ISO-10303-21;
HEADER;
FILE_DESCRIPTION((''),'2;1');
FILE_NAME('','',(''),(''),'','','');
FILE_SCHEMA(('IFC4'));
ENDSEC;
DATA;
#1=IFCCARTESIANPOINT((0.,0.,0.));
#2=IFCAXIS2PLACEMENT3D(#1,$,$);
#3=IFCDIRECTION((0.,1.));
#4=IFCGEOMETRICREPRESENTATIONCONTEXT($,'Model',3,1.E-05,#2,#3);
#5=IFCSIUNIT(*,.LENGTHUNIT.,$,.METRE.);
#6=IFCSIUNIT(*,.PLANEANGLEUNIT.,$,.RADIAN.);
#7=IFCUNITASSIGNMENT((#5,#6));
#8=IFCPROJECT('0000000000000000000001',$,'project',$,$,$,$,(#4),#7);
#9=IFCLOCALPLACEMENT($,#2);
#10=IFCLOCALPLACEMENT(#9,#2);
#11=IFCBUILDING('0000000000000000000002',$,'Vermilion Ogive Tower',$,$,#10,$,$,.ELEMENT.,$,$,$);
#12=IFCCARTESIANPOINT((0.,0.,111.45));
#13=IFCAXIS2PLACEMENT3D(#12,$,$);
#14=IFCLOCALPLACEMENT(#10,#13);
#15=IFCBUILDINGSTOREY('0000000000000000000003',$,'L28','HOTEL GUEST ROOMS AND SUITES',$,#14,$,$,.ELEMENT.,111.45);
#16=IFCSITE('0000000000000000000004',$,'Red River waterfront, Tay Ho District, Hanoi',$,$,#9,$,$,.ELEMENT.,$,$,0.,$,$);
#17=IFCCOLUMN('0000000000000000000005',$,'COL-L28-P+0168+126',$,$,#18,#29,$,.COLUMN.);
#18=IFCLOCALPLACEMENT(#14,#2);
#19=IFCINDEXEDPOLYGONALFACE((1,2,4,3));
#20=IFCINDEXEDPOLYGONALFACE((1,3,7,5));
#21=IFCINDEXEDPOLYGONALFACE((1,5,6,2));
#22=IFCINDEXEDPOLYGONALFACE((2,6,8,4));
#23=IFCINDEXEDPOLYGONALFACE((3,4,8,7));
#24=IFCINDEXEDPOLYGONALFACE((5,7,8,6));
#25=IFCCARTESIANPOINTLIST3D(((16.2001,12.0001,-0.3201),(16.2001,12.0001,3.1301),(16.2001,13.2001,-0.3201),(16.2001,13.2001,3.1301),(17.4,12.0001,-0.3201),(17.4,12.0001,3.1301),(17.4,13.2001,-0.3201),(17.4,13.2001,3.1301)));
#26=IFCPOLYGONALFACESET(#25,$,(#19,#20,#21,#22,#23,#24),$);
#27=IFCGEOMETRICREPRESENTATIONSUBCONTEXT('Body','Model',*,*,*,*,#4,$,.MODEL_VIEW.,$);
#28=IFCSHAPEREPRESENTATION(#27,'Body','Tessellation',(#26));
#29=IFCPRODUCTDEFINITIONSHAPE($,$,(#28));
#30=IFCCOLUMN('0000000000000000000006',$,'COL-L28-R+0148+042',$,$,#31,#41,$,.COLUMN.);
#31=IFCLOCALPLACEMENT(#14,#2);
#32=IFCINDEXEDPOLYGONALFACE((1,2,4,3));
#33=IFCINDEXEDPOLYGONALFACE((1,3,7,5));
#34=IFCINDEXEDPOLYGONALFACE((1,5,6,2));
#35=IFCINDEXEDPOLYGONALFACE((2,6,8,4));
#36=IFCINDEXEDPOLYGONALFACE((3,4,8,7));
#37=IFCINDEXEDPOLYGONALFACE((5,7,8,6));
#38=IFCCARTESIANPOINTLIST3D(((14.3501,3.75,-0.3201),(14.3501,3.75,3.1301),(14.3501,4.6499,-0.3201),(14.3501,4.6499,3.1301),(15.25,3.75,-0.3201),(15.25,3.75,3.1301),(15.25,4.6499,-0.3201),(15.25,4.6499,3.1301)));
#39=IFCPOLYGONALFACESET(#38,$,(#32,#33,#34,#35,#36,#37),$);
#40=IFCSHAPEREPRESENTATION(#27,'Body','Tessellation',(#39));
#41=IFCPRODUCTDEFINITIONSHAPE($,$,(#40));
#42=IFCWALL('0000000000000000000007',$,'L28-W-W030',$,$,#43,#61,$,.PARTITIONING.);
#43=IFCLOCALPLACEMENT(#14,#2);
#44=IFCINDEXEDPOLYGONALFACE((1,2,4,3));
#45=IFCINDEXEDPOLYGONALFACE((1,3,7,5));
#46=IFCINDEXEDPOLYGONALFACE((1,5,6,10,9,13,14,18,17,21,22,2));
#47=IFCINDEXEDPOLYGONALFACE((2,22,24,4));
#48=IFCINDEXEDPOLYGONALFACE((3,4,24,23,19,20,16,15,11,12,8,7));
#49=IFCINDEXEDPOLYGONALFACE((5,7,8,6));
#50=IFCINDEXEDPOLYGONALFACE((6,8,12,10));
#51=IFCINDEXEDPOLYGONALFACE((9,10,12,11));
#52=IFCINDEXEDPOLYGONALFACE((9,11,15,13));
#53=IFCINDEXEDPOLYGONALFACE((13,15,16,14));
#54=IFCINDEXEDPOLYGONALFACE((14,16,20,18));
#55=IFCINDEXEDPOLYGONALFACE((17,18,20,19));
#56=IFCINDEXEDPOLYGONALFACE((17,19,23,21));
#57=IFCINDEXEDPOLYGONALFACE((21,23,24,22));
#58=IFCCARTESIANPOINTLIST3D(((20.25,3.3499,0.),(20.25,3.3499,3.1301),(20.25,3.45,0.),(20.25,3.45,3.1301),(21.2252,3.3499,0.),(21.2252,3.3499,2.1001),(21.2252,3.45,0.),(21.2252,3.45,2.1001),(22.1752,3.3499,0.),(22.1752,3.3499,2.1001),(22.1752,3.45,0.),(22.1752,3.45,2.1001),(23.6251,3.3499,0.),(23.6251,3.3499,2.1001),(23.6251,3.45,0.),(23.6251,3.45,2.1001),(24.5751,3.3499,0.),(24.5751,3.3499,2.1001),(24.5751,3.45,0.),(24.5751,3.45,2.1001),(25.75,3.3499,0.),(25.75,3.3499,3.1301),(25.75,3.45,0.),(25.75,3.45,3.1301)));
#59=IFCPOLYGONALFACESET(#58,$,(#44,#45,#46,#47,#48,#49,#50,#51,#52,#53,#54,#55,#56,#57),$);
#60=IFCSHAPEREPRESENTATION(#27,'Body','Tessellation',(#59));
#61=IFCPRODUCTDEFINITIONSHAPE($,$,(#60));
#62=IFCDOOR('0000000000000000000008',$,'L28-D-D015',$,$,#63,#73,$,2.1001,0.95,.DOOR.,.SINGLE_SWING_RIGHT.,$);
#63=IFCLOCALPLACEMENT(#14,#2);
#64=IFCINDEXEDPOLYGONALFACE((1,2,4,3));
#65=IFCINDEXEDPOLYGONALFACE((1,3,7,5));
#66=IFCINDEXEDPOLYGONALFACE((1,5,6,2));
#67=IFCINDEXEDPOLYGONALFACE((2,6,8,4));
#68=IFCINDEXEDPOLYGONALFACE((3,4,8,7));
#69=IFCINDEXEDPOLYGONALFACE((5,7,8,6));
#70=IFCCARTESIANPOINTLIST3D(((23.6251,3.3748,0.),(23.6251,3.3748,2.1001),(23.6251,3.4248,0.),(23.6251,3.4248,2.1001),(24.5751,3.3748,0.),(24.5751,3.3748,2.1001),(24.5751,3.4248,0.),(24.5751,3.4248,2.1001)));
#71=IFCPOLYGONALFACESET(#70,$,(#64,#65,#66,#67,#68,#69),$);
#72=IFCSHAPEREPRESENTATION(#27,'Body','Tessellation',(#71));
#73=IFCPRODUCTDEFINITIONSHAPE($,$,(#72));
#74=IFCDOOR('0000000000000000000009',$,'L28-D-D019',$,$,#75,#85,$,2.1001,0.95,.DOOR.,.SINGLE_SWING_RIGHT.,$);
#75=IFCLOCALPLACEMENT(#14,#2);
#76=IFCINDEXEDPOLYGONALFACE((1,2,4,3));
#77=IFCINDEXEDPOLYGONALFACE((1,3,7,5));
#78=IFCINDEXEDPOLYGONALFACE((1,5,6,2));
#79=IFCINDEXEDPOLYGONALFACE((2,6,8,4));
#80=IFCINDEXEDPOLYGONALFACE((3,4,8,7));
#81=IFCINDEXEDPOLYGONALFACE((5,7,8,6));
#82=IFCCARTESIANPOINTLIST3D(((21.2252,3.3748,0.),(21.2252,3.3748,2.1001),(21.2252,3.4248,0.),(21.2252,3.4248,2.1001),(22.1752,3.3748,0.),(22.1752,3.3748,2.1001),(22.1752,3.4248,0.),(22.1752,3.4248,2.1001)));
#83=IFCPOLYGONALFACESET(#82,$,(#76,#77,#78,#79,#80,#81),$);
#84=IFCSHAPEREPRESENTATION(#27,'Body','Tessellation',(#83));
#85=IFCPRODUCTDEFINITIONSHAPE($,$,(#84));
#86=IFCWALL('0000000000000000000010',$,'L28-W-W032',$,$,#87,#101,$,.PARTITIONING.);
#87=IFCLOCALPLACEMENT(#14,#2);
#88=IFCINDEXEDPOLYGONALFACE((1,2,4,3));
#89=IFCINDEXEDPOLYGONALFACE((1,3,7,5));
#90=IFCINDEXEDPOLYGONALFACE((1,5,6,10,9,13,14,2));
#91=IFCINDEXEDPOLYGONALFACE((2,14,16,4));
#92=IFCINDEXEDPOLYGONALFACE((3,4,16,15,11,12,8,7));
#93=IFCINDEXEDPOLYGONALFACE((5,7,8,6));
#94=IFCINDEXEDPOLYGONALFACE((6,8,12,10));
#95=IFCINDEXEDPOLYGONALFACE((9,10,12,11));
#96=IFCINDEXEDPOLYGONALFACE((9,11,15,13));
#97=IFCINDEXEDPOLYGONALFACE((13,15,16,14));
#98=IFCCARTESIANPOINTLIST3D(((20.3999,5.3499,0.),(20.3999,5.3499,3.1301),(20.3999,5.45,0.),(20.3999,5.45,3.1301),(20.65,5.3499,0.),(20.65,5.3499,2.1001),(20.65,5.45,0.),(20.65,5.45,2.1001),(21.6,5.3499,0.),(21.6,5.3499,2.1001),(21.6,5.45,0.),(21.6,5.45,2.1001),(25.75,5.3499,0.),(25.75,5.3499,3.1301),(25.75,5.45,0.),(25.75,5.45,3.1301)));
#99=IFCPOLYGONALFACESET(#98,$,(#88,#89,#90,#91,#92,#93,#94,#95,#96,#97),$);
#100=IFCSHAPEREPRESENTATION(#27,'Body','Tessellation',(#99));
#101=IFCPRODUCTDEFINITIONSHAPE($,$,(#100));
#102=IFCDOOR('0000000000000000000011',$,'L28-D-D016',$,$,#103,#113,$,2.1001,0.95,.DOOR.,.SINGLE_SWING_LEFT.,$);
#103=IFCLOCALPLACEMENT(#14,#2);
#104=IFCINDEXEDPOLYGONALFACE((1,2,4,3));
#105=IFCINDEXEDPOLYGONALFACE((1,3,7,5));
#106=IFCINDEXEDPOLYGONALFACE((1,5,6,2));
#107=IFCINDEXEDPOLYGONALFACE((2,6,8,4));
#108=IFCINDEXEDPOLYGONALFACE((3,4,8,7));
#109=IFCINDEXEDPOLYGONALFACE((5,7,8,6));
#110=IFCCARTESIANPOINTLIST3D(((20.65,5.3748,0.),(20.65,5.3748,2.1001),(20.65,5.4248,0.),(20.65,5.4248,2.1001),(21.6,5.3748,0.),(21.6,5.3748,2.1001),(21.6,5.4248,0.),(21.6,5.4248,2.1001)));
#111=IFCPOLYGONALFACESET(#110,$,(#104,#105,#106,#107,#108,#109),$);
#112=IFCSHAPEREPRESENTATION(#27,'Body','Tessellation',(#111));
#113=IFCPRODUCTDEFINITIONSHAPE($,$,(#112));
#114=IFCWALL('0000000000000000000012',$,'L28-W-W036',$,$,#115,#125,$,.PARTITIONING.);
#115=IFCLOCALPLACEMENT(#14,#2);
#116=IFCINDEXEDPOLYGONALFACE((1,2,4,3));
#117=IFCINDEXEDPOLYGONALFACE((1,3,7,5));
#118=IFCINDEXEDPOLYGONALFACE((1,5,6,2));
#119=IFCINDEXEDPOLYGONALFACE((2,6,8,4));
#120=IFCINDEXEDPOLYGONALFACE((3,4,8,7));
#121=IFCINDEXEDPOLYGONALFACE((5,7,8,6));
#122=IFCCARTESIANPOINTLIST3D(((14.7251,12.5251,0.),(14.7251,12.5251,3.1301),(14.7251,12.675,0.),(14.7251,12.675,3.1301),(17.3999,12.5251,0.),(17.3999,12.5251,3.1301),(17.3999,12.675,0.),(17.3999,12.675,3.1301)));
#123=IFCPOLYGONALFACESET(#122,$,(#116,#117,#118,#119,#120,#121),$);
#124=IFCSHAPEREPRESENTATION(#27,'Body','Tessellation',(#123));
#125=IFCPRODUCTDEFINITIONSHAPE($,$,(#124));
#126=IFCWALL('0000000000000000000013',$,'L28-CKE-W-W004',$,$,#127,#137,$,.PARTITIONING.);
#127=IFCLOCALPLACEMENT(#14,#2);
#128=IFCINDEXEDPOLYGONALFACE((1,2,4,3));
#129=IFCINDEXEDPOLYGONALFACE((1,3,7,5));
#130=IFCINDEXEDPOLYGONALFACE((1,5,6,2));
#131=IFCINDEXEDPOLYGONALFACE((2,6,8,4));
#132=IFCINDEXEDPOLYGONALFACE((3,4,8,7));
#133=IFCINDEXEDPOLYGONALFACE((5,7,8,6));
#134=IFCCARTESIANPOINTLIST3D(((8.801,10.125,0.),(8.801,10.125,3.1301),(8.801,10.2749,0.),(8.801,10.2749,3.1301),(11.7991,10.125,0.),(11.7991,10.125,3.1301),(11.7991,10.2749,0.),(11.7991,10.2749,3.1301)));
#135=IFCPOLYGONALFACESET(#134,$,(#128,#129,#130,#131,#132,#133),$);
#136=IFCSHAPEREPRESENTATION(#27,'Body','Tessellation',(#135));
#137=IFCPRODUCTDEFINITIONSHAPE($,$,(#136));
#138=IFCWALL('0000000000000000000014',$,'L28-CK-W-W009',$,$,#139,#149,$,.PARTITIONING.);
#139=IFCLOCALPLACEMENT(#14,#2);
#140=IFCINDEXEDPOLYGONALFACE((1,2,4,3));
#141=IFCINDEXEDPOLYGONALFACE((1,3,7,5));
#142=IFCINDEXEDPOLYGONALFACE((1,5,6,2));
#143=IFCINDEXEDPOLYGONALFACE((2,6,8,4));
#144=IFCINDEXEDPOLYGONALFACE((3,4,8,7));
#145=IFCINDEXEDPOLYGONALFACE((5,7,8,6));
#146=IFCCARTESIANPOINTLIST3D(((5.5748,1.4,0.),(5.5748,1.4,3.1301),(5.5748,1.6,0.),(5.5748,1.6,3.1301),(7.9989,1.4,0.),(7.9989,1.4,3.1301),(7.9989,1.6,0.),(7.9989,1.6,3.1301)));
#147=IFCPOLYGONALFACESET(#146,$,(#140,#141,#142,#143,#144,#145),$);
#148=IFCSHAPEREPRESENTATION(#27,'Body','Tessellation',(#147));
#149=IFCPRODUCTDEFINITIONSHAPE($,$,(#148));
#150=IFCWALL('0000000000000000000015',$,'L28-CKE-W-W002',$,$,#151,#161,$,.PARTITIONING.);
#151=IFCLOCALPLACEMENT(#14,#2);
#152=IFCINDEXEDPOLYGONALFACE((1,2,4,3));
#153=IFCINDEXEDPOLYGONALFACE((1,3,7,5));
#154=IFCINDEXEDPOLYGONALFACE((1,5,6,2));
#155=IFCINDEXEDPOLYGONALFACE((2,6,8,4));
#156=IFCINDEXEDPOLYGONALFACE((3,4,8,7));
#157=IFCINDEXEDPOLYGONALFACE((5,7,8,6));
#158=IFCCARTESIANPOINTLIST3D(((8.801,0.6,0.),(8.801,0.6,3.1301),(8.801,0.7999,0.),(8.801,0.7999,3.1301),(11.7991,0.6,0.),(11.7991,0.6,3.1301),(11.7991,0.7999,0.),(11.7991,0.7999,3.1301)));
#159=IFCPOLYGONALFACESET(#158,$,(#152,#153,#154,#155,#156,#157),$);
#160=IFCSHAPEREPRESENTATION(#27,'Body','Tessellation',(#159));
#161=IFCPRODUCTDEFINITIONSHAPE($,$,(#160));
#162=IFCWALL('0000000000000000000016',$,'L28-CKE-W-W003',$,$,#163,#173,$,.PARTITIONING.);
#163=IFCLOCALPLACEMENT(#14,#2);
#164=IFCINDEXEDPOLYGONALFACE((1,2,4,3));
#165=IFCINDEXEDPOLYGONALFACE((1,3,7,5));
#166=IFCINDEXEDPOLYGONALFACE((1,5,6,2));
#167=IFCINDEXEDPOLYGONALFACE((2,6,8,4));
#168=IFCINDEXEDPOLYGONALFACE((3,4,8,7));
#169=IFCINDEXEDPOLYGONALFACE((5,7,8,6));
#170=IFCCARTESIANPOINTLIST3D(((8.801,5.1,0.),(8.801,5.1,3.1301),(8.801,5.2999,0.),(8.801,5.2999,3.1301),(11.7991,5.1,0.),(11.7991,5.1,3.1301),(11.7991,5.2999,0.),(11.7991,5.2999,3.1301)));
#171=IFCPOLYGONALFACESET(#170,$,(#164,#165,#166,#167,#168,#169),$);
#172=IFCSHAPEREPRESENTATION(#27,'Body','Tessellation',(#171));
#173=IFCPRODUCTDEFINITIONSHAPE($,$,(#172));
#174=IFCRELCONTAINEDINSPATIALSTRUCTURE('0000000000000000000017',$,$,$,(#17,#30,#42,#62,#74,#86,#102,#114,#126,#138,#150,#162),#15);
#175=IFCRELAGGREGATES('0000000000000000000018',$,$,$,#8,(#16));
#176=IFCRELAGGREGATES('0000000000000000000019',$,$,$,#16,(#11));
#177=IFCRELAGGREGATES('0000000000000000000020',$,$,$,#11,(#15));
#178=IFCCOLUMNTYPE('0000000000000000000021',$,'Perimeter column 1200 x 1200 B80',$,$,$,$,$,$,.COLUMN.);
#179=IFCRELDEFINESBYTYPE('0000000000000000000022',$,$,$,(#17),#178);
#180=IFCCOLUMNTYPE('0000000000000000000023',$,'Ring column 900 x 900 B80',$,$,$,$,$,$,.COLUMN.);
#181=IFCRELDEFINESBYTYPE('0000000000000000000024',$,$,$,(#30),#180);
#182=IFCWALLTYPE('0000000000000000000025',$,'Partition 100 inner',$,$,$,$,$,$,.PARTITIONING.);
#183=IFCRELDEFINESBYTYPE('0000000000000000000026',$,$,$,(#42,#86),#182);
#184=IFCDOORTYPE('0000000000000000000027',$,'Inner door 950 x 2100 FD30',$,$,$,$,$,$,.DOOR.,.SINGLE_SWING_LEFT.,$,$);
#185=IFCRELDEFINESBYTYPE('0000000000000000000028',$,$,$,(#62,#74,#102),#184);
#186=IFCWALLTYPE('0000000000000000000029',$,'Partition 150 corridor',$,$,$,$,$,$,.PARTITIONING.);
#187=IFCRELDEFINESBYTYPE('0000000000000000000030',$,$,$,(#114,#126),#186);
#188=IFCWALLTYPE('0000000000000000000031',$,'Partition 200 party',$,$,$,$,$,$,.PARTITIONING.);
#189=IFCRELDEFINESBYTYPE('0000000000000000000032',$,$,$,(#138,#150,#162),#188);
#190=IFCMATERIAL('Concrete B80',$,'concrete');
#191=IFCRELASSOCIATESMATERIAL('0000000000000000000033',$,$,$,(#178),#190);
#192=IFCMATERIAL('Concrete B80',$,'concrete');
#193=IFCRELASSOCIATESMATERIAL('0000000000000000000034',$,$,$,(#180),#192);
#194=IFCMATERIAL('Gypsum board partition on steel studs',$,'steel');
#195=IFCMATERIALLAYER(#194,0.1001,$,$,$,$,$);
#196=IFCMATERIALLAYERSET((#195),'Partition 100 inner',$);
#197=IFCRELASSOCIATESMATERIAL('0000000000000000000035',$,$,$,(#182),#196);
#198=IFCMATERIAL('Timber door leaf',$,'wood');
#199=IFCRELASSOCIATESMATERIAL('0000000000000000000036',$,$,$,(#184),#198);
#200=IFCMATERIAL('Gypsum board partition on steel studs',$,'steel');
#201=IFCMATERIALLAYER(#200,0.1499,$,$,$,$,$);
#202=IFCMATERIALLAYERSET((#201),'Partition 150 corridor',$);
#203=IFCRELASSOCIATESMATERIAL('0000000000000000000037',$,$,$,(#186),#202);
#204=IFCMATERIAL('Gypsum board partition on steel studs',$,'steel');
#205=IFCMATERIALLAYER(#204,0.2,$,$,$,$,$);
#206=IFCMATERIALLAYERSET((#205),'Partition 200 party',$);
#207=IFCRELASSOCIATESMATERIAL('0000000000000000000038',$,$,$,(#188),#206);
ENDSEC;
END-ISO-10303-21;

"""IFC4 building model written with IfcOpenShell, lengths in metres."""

from ifc_helpers import new_model, si_unit, direction, frame, frame_2d, origin, origin_2d, place, context, subcontext, project, spatial, rectangle, extrude, material, layer, layer_set, material_profile, profile_set, type_object, element, fill, save


model = new_model("IFC4")

# Units and contexts
model_context = context("Model", 3, precision=1e-05, world=origin(), true_north=direction((0.0, 1.0)))
body_context = subcontext(model_context, "Body", "Model", "MODEL_VIEW")
ifc_project = project(units=[si_unit("LENGTHUNIT", "METRE"), si_unit("PLANEANGLEUNIT", "RADIAN")], contexts=[model_context])

# Site, building, storey
site_placement = place(None, origin())
site = spatial("IfcSite", under=ifc_project, at=site_placement, Name="Red River waterfront, Tay Ho District, Hanoi", CompositionType="ELEMENT", RefElevation=0.0)
building_placement = place(site_placement, origin())
building = spatial("IfcBuilding", under=site, at=building_placement, Name="Vermilion Ogive Tower", CompositionType="ELEMENT")
storey_placement = place(building_placement, frame((0.0, 0.0, 111.45)))
storey = spatial("IfcBuildingStorey", under=building, at=storey_placement, Name="L28", Description="HOTEL GUEST ROOMS AND SUITES", CompositionType="ELEMENT", Elevation=111.45)

# Columns
ifc_material_1 = material(Name="Concrete B80", Category="concrete")
ifc_material_profile_1 = material_profile(ifc_material_1, rectangle(XDim=1.2, YDim=1.2, at=origin_2d()), Name="1200 x 1200")
ifc_profile_set_1 = profile_set([ifc_material_profile_1], Name="Concrete B80")
column_type_1 = type_object("IfcColumnType", Name="Perimeter column 1200 x 1200 B80", PredefinedType="COLUMN", material=ifc_profile_set_1)
column_1_placement = place(storey_placement, frame((16.8, 12.6001, -0.3201), z_axis=(0.0, 0.0, 1.0), x_axis=(1.0, 0.0, 0.0)))
element("IfcColumn", 1, at=column_1_placement, inside=storey, type_object=column_type_1, Name="COL-L28-P+0168+126", PredefinedType="COLUMN", context=body_context, shape_type="SweptSolid", body=[
    extrude(rectangle(XDim=1.2, YDim=1.2, at=origin_2d()), origin(), (0.0, 0.0, 1.0), 3.4502),
])
ifc_material_2 = material(Name="Concrete B80", Category="concrete")
ifc_material_profile_2 = material_profile(ifc_material_2, rectangle(XDim=0.8999, YDim=0.8999, at=origin_2d()), Name="900 x 900")
ifc_profile_set_2 = profile_set([ifc_material_profile_2], Name="Concrete B80")
column_type_2 = type_object("IfcColumnType", Name="Ring column 900 x 900 B80", PredefinedType="COLUMN", material=ifc_profile_set_2)
column_2_placement = place(storey_placement, frame((14.8, 4.2, -0.3201), z_axis=(0.0, 0.0, 1.0), x_axis=(1.0, 0.0, 0.0)))
element("IfcColumn", 2, at=column_2_placement, inside=storey, type_object=column_type_2, Name="COL-L28-R+0148+042", PredefinedType="COLUMN", context=body_context, shape_type="SweptSolid", body=[
    extrude(rectangle(XDim=0.8999, YDim=0.8999, at=origin_2d()), origin(), (0.0, 0.0, 1.0), 3.4502),
])

# Wall, openings, doors
ifc_material_3 = material(Name="Gypsum board partition on steel studs", Category="steel")
ifc_layer_1 = layer(ifc_material_3, 0.1001)
ifc_layer_set_1 = layer_set([ifc_layer_1], Name="Partition 100 inner")
wall_type_1 = type_object("IfcWallType", Name="Partition 100 inner", PredefinedType="PARTITIONING", material=ifc_layer_set_1)
wall_1_placement = place(storey_placement, frame((20.25, 3.3999, 0.0), z_axis=(0.0, 0.0, 1.0), x_axis=(1.0, 0.0, 0.0)))
wall_1 = element("IfcWall", 3, at=wall_1_placement, inside=storey, type_object=wall_type_1, Name="L28-W-W030", PredefinedType="PARTITIONING", context=body_context, shape_type="SweptSolid", body=[
    extrude(rectangle(XDim=5.5, YDim=0.1001, at=frame_2d((2.75, 0.0))), origin(), (0.0, 0.0, 1.0), 3.1301),
])
opening_1_placement = place(wall_1_placement, frame((3.375, 0.0, 0.0)))
opening_1 = element("IfcOpeningElement", 4, at=opening_1_placement, cuts=wall_1, PredefinedType="OPENING", context=body_context, shape_type="SweptSolid", body=[
    extrude(rectangle(XDim=0.95, YDim=2.1001, at=frame_2d((0.4751, 1.05))), frame((0.0, 0.0601, 0.0), z_axis=(0.0, -1.0, 0.0), x_axis=(1.0, 0.0, 0.0)), (0.0, 0.0, 1.0), 0.1201),
])
opening_2_placement = place(wall_1_placement, frame((0.9751, 0.0, 0.0)))
opening_2 = element("IfcOpeningElement", 5, at=opening_2_placement, cuts=wall_1, PredefinedType="OPENING", context=body_context, shape_type="SweptSolid", body=[
    extrude(rectangle(XDim=0.95, YDim=2.1001, at=frame_2d((0.4751, 1.05))), frame((0.0, 0.0601, 0.0), z_axis=(0.0, -1.0, 0.0), x_axis=(1.0, 0.0, 0.0)), (0.0, 0.0, 1.0), 0.1201),
])
ifc_material_4 = material(Name="Timber door leaf", Category="wood")
door_type = type_object("IfcDoorType", Name="Inner door 950 x 2100 FD30", OperationType="SINGLE_SWING_LEFT", PredefinedType="DOOR", material=ifc_material_4)
door_1_placement = place(opening_1_placement, origin())
door_1 = element("IfcDoor", 6, at=door_1_placement, inside=storey, type_object=door_type, Name="L28-D-D015", OperationType="SINGLE_SWING_RIGHT", OverallHeight=2.1001, OverallWidth=0.95, PredefinedType="DOOR", context=body_context, shape_type="SweptSolid", body=[
    extrude(rectangle(XDim=0.95, YDim=2.1001, at=frame_2d((0.4751, 1.05))), frame((0.0, 0.0249, 0.0), z_axis=(0.0, -1.0, 0.0), x_axis=(1.0, 0.0, 0.0)), (0.0, 0.0, 1.0), 0.05),
])
fill(opening_1, door_1)
door_2_placement = place(opening_2_placement, origin())
door_2 = element("IfcDoor", 7, at=door_2_placement, inside=storey, type_object=door_type, Name="L28-D-D019", OperationType="SINGLE_SWING_RIGHT", OverallHeight=2.1001, OverallWidth=0.95, PredefinedType="DOOR", context=body_context, shape_type="SweptSolid", body=[
    extrude(rectangle(XDim=0.95, YDim=2.1001, at=frame_2d((0.4751, 1.05))), frame((0.0, 0.0249, 0.0), z_axis=(0.0, -1.0, 0.0), x_axis=(1.0, 0.0, 0.0)), (0.0, 0.0, 1.0), 0.05),
])
fill(opening_2, door_2)

# Wall, opening, door
wall_2_placement = place(storey_placement, frame((20.3999, 5.3999, 0.0), z_axis=(0.0, 0.0, 1.0), x_axis=(1.0, 0.0, 0.0)))
wall_2 = element("IfcWall", 8, at=wall_2_placement, inside=storey, type_object=wall_type_1, Name="L28-W-W032", PredefinedType="PARTITIONING", context=body_context, shape_type="SweptSolid", body=[
    extrude(rectangle(XDim=5.3501, YDim=0.1001, at=frame_2d((2.675, 0.0))), origin(), (0.0, 0.0, 1.0), 3.1301),
])
opening_3_placement = place(wall_2_placement, frame((0.25, 0.0, 0.0)))
opening_3 = element("IfcOpeningElement", 9, at=opening_3_placement, cuts=wall_2, PredefinedType="OPENING", context=body_context, shape_type="SweptSolid", body=[
    extrude(rectangle(XDim=0.95, YDim=2.1001, at=frame_2d((0.4751, 1.05))), frame((0.0, 0.0601, 0.0), z_axis=(0.0, -1.0, 0.0), x_axis=(1.0, 0.0, 0.0)), (0.0, 0.0, 1.0), 0.1201),
])
door_3_placement = place(opening_3_placement, origin())
door_3 = element("IfcDoor", 10, at=door_3_placement, inside=storey, type_object=door_type, Name="L28-D-D016", OperationType="SINGLE_SWING_LEFT", OverallHeight=2.1001, OverallWidth=0.95, PredefinedType="DOOR", context=body_context, shape_type="SweptSolid", body=[
    extrude(rectangle(XDim=0.95, YDim=2.1001, at=frame_2d((0.4751, 1.05))), frame((0.0, 0.0249, 0.0), z_axis=(0.0, -1.0, 0.0), x_axis=(1.0, 0.0, 0.0)), (0.0, 0.0, 1.0), 0.05),
])
fill(opening_3, door_3)

# Walls
ifc_material_5 = material(Name="Gypsum board partition on steel studs", Category="steel")
ifc_layer_2 = layer(ifc_material_5, 0.1499)
ifc_layer_set_2 = layer_set([ifc_layer_2], Name="Partition 150 corridor")
wall_type_2 = type_object("IfcWallType", Name="Partition 150 corridor", PredefinedType="PARTITIONING", material=ifc_layer_set_2)
wall_3_placement = place(storey_placement, frame((14.7251, 12.6001, 0.0), z_axis=(0.0, 0.0, 1.0), x_axis=(1.0, 0.0, 0.0)))
element("IfcWall", 11, at=wall_3_placement, inside=storey, type_object=wall_type_2, Name="L28-W-W036", PredefinedType="PARTITIONING", context=body_context, shape_type="SweptSolid", body=[
    extrude(rectangle(XDim=2.6748, YDim=0.1499, at=frame_2d((1.3374, 0.0))), origin(), (0.0, 0.0, 1.0), 3.1301),
])
wall_4_placement = place(storey_placement, frame((8.801, 10.2, 0.0), z_axis=(0.0, 0.0, 1.0), x_axis=(1.0, 0.0, 0.0)))
element("IfcWall", 12, at=wall_4_placement, inside=storey, type_object=wall_type_2, Name="L28-CKE-W-W004", PredefinedType="PARTITIONING", context=body_context, shape_type="SweptSolid", body=[
    extrude(rectangle(XDim=2.998, YDim=0.1499, at=frame_2d((1.499, 0.0))), origin(), (0.0, 0.0, 1.0), 3.1301),
])
ifc_material_6 = material(Name="Gypsum board partition on steel studs", Category="steel")
ifc_layer_3 = layer(ifc_material_6, 0.2)
ifc_layer_set_3 = layer_set([ifc_layer_3], Name="Partition 200 party")
wall_type_3 = type_object("IfcWallType", Name="Partition 200 party", PredefinedType="PARTITIONING", material=ifc_layer_set_3)
wall_5_placement = place(storey_placement, frame((5.575, 1.5, 0.0), z_axis=(0.0, 0.0, 1.0), x_axis=(1.0, 0.0, 0.0)))
element("IfcWall", 13, at=wall_5_placement, inside=storey, type_object=wall_type_3, Name="L28-CK-W-W009", PredefinedType="PARTITIONING", context=body_context, shape_type="SweptSolid", body=[
    extrude(rectangle(XDim=2.4241, YDim=0.2, at=frame_2d((1.2119, 0.0))), origin(), (0.0, 0.0, 1.0), 3.1301),
])
for number, where, z_axis, x_axis, name in (
    (14, (8.801, 0.7, 0.0), (0.0, 0.0, 1.0), (1.0, 0.0, 0.0), "L28-CKE-W-W002"),
    (15, (8.801, 5.2, 0.0), (0.0, 0.0, 1.0), (1.0, 0.0, 0.0), "L28-CKE-W-W003"),
):
    element("IfcWall", number, at=place(storey_placement, frame(where, z_axis=z_axis, x_axis=x_axis)), inside=storey, type_object=wall_type_3, Name=name, PredefinedType="PARTITIONING", context=body_context, shape_type="SweptSolid", body=[
        extrude(rectangle(XDim=2.998, YDim=0.2, at=frame_2d((1.499, 0.0))), origin(), (0.0, 0.0, 1.0), 3.1301),
    ])

save(model, "model.ifc")
